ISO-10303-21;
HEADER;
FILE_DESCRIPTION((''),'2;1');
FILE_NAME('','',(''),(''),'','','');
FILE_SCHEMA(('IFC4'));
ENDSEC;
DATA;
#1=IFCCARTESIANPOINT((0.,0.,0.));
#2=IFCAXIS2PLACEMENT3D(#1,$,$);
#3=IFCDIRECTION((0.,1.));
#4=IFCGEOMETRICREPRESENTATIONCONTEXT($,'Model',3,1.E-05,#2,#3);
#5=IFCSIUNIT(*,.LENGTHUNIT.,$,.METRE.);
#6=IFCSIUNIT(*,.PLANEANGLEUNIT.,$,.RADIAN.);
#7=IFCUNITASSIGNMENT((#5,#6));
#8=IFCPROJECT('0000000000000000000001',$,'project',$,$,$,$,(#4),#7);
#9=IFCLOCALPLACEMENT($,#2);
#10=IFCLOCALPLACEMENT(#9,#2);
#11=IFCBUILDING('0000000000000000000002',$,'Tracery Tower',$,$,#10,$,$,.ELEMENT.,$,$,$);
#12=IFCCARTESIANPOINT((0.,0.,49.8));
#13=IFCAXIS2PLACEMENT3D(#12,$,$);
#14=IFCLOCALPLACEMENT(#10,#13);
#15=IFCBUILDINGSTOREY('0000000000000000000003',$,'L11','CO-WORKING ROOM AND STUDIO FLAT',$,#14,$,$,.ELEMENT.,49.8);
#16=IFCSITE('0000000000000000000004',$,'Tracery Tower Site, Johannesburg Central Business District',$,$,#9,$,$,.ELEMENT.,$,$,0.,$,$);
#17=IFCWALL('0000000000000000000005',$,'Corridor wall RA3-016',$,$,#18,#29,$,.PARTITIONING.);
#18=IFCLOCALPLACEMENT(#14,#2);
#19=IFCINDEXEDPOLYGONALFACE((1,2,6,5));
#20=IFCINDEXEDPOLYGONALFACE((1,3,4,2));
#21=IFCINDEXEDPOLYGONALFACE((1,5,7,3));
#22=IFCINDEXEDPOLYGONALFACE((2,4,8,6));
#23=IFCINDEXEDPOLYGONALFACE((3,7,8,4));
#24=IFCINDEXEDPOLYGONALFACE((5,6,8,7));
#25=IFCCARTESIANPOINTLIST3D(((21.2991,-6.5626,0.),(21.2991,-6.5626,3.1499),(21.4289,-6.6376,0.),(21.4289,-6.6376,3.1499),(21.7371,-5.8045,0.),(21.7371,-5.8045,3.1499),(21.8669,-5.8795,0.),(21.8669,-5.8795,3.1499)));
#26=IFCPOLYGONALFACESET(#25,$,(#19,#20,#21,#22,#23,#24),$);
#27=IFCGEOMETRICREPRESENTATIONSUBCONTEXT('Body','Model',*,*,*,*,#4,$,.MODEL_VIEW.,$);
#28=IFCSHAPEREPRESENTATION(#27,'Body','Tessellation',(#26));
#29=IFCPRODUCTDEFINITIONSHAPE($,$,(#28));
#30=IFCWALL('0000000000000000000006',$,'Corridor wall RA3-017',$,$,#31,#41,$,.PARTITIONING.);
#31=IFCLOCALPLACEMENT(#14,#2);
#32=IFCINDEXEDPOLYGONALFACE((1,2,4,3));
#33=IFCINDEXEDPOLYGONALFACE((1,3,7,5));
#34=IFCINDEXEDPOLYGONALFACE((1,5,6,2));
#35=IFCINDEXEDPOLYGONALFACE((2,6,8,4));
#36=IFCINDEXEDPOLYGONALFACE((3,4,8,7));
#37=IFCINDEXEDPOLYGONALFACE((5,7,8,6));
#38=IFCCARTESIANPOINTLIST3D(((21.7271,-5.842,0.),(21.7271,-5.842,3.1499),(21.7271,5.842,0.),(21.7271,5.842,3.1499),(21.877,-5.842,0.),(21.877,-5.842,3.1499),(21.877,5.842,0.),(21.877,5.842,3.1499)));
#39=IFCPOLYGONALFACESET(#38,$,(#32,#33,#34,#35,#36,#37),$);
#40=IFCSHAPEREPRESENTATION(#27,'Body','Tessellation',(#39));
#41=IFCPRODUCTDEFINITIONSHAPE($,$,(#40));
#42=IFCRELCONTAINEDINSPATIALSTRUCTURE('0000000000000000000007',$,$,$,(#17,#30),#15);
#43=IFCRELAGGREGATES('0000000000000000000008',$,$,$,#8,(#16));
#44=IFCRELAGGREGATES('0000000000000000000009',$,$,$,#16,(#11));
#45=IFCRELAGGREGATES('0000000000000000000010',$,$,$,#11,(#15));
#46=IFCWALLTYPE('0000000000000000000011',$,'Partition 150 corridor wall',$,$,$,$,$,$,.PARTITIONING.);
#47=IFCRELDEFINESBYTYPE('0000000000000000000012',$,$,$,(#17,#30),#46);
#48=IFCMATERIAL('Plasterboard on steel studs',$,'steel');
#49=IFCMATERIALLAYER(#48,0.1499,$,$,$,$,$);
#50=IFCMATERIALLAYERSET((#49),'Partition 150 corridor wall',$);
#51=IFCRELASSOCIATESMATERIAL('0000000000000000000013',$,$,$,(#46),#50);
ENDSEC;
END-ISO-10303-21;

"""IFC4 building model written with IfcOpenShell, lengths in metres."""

from ifc_helpers import new_model, si_unit, direction, frame, frame_2d, origin, place, context, subcontext, project, spatial, rectangle, extrude, material, layer, layer_set, type_object, element, save


model = new_model("IFC4")

# Units and contexts
model_context = context("Model", 3, precision=1e-05, world=origin(), true_north=direction((0.0, 1.0)))
body_context = subcontext(model_context, "Body", "Model", "MODEL_VIEW")
ifc_project = project(units=[si_unit("LENGTHUNIT", "METRE"), si_unit("PLANEANGLEUNIT", "RADIAN")], contexts=[model_context])

# Site, building, storey
site_placement = place(None, origin())
site = spatial("IfcSite", under=ifc_project, at=site_placement, Name="Tracery Tower Site, Johannesburg Central Business District", CompositionType="ELEMENT", RefElevation=0.0)
building_placement = place(site_placement, origin())
building = spatial("IfcBuilding", under=site, at=building_placement, Name="Tracery Tower", CompositionType="ELEMENT")
storey_placement = place(building_placement, frame((0.0, 0.0, 49.8)))
storey = spatial("IfcBuildingStorey", under=building, at=storey_placement, Name="L11", Description="CO-WORKING ROOM AND STUDIO FLAT", CompositionType="ELEMENT", Elevation=49.8)

# Shared definitions
ifc_material_1 = material(Name="Plasterboard on steel studs", Category="steel")
ifc_layer_1 = layer(ifc_material_1, 0.1499)
ifc_layer_set_1 = layer_set([ifc_layer_1], Name="Partition 150 corridor wall")
wall_type_1 = type_object("IfcWallType", Name="Partition 150 corridor wall", PredefinedType="PARTITIONING", material=ifc_layer_set_1)

# Walls
wall_1_placement = place(storey_placement, frame((21.364, -6.6001, 0.0), z_axis=(0.0, 0.0, 1.0), x_axis=(0.500278, 0.865865, 0.0)))
element("IfcWall", 1, at=wall_1_placement, inside=storey, type_object=wall_type_1, Name="Corridor wall RA3-016", PredefinedType="PARTITIONING", context=body_context, shape_type="SweptSolid", body=[
    extrude(rectangle(XDim=0.8755, YDim=0.1499, at=frame_2d((0.4377, 0.0))), origin(), (0.0, 0.0, 1.0), 3.1499),
])
wall_2_placement = place(storey_placement, frame((21.802, -5.842, 0.0), z_axis=(0.0, 0.0, 1.0), x_axis=(0.0, 1.0, 0.0)))
element("IfcWall", 2, at=wall_2_placement, inside=storey, type_object=wall_type_1, Name="Corridor wall RA3-017", PredefinedType="PARTITIONING", context=body_context, shape_type="SweptSolid", body=[
    extrude(rectangle(XDim=11.6841, YDim=0.1499, at=frame_2d((5.842, 0.0))), origin(), (0.0, 0.0, 1.0), 3.1499),
])

save(model, "model.ifc")
